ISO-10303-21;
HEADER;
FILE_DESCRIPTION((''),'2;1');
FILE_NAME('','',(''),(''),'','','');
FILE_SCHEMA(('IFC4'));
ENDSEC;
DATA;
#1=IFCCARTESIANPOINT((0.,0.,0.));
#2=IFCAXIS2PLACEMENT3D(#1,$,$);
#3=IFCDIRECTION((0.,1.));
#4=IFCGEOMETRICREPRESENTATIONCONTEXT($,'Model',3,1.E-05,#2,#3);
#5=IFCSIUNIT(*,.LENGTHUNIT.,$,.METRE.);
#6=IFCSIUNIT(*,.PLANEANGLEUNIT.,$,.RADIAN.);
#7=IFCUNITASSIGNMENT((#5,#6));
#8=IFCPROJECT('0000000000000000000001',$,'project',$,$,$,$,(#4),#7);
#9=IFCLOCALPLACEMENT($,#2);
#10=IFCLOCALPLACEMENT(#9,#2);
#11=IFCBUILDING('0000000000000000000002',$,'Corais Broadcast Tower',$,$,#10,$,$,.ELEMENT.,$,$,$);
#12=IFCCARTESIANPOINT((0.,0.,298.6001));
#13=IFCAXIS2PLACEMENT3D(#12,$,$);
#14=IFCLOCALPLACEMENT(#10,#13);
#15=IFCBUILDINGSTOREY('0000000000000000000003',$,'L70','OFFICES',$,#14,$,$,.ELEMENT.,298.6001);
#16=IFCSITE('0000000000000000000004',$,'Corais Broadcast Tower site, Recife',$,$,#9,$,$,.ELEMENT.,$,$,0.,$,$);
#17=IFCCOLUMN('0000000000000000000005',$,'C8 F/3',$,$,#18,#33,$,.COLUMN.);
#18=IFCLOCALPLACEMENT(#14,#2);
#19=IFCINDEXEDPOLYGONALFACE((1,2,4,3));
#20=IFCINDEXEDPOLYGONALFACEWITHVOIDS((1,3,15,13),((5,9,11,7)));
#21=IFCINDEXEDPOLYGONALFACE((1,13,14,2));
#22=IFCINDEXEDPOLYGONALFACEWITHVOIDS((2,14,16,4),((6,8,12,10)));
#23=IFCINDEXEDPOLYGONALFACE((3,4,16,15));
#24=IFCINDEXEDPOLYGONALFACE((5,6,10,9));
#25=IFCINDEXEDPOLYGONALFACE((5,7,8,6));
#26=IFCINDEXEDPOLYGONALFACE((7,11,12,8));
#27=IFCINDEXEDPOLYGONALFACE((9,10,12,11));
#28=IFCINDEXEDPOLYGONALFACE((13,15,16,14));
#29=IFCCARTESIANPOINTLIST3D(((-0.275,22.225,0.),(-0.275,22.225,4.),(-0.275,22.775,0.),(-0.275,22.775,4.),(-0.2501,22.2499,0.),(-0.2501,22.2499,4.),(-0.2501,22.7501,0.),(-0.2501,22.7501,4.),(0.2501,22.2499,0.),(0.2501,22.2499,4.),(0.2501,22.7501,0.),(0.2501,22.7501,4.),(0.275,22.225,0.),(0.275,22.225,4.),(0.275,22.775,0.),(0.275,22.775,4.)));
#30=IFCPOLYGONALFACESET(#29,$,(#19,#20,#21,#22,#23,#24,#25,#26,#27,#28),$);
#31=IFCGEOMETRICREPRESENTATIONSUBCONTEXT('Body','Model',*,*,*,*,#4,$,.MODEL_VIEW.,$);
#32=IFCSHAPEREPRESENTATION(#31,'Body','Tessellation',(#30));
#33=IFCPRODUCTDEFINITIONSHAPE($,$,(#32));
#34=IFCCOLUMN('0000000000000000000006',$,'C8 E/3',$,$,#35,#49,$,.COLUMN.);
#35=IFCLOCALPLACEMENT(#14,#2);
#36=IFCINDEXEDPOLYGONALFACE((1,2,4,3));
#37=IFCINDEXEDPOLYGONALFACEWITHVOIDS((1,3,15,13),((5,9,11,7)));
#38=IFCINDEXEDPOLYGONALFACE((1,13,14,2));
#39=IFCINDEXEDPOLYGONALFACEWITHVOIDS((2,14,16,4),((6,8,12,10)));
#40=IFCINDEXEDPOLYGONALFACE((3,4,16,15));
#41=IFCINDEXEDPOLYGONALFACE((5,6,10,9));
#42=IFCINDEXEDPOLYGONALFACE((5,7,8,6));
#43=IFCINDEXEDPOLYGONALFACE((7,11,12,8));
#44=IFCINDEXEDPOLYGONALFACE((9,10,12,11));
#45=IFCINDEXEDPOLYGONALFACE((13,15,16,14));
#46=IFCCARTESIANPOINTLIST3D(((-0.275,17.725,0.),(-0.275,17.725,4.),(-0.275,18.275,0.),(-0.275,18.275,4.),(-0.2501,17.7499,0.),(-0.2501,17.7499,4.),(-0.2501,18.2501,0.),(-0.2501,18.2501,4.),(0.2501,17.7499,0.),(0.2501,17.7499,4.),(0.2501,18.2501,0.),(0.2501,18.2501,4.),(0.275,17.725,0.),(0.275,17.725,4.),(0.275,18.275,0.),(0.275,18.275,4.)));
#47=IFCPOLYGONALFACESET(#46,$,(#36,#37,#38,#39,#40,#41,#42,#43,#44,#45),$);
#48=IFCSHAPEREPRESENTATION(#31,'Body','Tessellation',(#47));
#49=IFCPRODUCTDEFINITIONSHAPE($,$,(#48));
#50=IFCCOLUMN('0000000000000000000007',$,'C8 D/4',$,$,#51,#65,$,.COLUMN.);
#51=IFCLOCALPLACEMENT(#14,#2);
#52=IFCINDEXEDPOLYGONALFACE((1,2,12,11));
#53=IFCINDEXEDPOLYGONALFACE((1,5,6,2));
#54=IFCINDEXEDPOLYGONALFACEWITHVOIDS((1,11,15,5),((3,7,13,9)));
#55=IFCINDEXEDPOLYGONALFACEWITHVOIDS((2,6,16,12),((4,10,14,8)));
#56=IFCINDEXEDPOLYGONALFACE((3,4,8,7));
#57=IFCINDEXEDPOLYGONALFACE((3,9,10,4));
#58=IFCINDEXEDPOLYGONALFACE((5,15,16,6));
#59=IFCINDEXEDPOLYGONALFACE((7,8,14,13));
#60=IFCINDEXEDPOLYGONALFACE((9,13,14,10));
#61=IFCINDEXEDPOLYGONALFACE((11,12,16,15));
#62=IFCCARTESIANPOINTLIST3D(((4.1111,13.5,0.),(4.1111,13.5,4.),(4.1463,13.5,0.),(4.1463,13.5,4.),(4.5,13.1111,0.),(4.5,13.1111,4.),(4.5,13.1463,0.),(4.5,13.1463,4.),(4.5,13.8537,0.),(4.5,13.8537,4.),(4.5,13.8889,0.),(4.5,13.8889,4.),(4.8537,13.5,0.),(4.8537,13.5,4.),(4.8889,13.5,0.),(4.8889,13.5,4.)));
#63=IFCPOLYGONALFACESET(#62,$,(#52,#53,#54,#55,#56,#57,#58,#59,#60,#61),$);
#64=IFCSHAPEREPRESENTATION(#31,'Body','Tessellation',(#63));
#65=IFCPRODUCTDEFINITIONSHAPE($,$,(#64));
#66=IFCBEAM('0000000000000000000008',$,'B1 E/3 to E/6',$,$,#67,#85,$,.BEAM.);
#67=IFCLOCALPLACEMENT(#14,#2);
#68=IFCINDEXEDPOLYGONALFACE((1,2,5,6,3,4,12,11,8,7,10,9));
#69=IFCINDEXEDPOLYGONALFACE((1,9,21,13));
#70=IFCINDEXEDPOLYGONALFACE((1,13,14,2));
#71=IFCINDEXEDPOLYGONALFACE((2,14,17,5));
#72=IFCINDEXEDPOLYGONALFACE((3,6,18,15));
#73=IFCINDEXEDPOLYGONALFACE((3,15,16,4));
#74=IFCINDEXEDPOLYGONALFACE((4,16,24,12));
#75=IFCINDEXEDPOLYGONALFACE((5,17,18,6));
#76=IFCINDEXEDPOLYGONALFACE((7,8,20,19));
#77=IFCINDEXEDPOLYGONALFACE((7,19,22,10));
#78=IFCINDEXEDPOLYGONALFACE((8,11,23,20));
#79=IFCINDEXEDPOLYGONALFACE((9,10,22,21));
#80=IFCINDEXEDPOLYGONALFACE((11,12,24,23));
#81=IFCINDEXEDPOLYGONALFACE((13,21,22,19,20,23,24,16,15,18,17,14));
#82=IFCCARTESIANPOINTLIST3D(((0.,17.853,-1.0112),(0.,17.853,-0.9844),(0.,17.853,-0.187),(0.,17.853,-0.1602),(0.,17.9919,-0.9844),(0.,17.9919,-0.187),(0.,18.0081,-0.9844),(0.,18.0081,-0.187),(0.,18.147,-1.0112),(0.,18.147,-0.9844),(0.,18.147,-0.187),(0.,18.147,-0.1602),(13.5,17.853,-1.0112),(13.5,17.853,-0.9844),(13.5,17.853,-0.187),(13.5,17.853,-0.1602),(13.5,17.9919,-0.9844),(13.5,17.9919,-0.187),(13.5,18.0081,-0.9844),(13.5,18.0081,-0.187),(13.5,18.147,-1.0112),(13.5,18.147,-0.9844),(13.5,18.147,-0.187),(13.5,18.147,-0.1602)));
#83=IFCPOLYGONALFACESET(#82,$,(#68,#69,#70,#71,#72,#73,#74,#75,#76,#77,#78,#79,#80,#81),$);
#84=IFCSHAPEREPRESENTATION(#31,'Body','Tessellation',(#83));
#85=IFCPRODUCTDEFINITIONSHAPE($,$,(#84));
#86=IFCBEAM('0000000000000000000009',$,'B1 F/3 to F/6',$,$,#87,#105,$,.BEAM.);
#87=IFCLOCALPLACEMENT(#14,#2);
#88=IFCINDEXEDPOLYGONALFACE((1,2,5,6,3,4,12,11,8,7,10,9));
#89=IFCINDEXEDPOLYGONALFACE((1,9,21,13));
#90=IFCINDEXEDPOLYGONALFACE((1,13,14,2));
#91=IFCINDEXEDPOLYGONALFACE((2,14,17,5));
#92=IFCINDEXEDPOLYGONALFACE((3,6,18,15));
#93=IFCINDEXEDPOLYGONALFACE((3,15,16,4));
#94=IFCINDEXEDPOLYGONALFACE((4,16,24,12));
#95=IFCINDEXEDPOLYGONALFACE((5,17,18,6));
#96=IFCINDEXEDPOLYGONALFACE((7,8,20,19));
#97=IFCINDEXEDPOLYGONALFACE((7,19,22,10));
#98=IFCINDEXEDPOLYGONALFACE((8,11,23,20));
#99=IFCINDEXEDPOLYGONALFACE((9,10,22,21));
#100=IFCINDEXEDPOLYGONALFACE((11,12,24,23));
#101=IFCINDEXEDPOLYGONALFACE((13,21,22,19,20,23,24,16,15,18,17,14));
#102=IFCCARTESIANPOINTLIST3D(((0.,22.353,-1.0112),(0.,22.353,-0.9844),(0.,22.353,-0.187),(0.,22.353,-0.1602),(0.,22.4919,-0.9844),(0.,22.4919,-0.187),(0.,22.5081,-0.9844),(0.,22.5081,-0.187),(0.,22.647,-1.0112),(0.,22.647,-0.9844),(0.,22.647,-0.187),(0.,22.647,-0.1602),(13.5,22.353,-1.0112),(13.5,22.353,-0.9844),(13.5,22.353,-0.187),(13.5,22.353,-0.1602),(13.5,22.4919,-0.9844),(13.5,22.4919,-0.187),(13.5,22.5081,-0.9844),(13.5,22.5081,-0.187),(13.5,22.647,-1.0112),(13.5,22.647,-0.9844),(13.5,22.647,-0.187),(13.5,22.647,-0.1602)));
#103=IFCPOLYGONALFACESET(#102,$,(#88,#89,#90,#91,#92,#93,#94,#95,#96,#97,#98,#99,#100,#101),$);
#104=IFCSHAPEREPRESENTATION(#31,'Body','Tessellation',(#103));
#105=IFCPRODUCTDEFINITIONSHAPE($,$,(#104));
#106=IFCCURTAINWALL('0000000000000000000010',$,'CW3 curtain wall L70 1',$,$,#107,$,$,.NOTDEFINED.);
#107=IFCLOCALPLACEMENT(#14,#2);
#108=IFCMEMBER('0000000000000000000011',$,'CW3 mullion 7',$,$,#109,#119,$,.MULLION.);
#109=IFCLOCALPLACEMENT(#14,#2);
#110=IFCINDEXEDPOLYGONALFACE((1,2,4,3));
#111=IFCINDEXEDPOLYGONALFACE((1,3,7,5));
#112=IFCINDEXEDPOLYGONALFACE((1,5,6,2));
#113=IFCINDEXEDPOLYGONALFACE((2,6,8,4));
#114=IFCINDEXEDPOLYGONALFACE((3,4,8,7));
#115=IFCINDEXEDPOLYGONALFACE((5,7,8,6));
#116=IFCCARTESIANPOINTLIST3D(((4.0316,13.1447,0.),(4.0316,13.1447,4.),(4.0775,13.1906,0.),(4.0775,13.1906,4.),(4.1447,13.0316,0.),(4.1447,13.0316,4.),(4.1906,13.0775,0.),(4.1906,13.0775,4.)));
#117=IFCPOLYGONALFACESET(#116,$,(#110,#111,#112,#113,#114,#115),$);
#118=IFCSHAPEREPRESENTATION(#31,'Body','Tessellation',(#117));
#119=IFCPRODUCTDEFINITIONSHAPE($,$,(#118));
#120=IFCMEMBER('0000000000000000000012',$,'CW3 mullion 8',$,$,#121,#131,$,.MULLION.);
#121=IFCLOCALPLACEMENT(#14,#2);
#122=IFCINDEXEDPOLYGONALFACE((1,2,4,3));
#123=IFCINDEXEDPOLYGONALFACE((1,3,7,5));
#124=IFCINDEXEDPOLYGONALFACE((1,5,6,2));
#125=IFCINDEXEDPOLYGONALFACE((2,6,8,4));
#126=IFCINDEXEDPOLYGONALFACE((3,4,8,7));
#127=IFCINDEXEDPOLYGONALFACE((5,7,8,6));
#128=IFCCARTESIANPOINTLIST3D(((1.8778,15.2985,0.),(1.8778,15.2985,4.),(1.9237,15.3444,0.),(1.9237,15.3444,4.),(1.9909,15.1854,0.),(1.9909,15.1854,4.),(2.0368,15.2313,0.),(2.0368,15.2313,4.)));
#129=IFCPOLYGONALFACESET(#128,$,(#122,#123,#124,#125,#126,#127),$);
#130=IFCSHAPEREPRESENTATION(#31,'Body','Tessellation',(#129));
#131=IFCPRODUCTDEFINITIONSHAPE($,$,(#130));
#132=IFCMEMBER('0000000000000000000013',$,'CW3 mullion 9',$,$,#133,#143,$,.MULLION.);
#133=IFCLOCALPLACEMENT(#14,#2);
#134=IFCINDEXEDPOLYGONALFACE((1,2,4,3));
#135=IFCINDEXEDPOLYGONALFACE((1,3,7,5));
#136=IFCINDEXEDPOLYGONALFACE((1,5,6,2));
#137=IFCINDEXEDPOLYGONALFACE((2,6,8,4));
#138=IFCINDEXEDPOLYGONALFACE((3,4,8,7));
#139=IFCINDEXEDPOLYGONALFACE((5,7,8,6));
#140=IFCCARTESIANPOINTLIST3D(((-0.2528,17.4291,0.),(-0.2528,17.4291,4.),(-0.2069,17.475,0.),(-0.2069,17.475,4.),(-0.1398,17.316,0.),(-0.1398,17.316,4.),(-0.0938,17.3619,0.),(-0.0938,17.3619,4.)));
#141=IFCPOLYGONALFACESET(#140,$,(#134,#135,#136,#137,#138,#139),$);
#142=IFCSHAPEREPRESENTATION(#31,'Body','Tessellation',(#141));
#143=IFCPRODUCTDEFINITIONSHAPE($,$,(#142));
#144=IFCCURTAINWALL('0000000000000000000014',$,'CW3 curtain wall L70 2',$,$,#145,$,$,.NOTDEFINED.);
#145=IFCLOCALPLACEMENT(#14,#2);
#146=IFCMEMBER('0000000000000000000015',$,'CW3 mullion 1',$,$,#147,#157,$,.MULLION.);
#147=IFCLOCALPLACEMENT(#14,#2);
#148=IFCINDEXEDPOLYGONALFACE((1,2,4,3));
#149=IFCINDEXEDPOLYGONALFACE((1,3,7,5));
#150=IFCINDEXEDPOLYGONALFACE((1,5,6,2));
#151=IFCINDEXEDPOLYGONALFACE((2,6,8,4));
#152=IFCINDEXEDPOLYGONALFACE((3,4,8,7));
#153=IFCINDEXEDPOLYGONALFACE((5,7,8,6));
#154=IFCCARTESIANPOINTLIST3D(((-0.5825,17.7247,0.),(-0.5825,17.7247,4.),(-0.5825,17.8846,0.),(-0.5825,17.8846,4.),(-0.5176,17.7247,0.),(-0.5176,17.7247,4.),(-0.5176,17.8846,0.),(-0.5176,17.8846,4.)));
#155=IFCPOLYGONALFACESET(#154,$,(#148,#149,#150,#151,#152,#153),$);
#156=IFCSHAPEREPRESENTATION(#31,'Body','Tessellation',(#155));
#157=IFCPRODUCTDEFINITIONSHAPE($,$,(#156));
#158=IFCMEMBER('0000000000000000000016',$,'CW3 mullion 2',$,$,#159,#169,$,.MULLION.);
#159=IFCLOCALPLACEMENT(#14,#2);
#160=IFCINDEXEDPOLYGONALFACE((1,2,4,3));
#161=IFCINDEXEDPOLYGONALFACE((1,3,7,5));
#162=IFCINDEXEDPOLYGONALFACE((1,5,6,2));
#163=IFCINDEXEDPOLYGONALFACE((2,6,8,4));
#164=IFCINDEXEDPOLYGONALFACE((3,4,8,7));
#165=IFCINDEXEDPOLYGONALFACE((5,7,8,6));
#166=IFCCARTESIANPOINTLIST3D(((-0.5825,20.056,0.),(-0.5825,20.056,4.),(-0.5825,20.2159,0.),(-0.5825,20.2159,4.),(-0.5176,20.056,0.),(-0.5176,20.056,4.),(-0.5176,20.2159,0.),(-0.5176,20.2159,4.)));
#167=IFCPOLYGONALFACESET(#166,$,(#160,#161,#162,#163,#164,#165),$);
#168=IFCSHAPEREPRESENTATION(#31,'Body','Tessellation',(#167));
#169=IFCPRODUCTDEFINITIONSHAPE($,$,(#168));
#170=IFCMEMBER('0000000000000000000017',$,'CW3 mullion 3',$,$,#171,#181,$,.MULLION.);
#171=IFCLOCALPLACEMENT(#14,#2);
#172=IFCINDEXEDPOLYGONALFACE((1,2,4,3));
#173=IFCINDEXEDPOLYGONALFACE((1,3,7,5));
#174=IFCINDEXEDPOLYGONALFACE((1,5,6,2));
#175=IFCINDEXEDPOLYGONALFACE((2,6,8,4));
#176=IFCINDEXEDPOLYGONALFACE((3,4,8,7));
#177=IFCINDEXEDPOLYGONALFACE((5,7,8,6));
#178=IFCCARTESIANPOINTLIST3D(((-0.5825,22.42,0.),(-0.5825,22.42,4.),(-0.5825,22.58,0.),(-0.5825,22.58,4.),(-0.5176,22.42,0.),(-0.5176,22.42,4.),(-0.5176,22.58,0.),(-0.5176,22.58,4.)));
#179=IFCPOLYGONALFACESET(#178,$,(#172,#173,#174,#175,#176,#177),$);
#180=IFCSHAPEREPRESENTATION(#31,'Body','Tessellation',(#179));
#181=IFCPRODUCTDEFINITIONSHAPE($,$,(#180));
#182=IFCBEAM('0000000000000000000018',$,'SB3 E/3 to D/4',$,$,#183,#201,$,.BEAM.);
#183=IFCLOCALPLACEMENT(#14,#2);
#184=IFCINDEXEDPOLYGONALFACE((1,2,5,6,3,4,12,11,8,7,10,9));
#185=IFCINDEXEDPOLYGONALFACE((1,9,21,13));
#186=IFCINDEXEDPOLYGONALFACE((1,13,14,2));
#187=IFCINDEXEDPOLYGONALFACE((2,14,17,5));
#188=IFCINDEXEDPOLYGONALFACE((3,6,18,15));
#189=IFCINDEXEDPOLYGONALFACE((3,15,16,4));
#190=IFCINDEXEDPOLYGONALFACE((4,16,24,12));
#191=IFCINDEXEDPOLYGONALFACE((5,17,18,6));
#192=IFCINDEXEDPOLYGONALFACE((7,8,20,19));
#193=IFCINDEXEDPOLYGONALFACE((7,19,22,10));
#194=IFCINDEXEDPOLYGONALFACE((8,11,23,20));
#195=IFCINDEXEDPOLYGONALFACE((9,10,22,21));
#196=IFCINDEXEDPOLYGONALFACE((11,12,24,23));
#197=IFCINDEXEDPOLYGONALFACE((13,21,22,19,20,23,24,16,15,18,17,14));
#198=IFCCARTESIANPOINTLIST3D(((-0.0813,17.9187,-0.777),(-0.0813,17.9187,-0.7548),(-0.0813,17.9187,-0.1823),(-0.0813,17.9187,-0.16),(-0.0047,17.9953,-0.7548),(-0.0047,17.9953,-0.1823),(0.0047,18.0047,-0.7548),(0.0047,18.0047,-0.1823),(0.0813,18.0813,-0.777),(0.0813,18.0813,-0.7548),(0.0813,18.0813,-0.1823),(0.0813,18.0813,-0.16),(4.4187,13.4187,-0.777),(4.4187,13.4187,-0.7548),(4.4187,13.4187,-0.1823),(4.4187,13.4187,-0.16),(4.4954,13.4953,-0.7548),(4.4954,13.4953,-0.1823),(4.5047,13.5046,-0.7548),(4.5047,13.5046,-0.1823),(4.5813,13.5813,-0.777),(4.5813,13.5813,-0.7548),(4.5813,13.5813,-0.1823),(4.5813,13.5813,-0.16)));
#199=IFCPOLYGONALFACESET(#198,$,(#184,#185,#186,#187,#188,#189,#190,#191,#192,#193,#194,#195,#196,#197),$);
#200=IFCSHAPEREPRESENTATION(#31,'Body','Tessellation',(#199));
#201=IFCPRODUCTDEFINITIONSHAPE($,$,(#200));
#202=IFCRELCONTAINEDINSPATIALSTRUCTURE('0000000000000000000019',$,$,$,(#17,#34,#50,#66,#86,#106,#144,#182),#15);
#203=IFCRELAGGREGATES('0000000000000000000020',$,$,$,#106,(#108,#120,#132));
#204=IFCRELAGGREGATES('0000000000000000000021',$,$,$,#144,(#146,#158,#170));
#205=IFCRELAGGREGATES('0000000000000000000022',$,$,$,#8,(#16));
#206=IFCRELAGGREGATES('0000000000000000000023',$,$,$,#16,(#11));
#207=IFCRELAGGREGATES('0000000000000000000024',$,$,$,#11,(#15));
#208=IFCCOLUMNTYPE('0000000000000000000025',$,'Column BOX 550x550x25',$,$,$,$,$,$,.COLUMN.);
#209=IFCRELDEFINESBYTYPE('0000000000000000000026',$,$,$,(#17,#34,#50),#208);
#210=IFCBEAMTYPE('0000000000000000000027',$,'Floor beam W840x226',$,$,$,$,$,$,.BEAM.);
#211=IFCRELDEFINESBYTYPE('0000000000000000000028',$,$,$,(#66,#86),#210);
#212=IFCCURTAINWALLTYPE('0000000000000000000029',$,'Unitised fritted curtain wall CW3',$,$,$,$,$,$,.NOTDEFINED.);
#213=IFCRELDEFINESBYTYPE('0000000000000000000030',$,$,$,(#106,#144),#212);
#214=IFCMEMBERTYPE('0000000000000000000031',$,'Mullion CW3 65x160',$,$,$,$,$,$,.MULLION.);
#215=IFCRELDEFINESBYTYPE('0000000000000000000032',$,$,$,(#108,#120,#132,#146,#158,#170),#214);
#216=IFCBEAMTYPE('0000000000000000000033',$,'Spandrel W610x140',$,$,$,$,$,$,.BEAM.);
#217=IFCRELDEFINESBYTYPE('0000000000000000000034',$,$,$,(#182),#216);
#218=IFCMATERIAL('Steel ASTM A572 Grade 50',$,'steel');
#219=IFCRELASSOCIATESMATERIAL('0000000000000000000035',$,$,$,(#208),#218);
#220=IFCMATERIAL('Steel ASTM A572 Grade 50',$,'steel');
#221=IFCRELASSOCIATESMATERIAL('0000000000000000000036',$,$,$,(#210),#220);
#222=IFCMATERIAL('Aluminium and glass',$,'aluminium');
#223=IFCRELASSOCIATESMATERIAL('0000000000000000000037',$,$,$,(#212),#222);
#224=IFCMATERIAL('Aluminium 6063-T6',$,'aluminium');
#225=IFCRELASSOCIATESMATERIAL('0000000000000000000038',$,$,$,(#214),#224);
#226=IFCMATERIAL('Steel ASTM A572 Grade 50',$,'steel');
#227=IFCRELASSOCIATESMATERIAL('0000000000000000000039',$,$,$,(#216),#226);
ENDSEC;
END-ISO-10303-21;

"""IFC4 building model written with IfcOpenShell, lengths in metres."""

from ifc_helpers import new_model, si_unit, direction, frame, origin, origin_2d, place, context, subcontext, project, spatial, rectangle, hollow_rectangle, i_section, extrude, material, material_profile, profile_set, type_object, element, aggregate, save


model = new_model("IFC4")

# Units and contexts
model_context = context("Model", 3, precision=1e-05, world=origin(), true_north=direction((0.0, 1.0)))
body_context = subcontext(model_context, "Body", "Model", "MODEL_VIEW")
ifc_project = project(units=[si_unit("LENGTHUNIT", "METRE"), si_unit("PLANEANGLEUNIT", "RADIAN")], contexts=[model_context])

# Site, building, storey
site_placement = place(None, origin())
site = spatial("IfcSite", under=ifc_project, at=site_placement, Name="Corais Broadcast Tower site, Recife", CompositionType="ELEMENT", RefElevation=0.0)
building_placement = place(site_placement, origin())
building = spatial("IfcBuilding", under=site, at=building_placement, Name="Corais Broadcast Tower", CompositionType="ELEMENT")
storey_placement = place(building_placement, frame((0.0, 0.0, 298.6001)))
storey = spatial("IfcBuildingStorey", under=building, at=storey_placement, Name="L70", Description="OFFICES", CompositionType="ELEMENT", Elevation=298.6001)

# Columns
ifc_material_1 = material(Name="Steel ASTM A572 Grade 50", Category="steel")
ifc_material_profile_1 = material_profile(ifc_material_1, hollow_rectangle(XDim=0.55, YDim=0.55, WallThickness=0.0249, at=origin_2d()), Name="BOX 550x550x25")
ifc_profile_set_1 = profile_set([ifc_material_profile_1], Name="Steel ASTM A572 Grade 50")
column_type = type_object("IfcColumnType", Name="Column BOX 550x550x25", PredefinedType="COLUMN", material=ifc_profile_set_1)
for number, where, z_axis, x_axis, name in (
    (1, (0.0, 22.5, 0.0), (0.0, 0.0, 1.0), (1.0, 0.0, 0.0), "C8 F/3"),
    (2, (0.0, 18.0, 0.0), (0.0, 0.0, 1.0), (1.0, 0.0, 0.0), "C8 E/3"),
    (3, (4.5, 13.5, 0.0), (0.0, 0.0, 1.0), (0.707107, 0.707107, 0.0), "C8 D/4"),
):
    element("IfcColumn", number, at=place(storey_placement, frame(where, z_axis=z_axis, x_axis=x_axis)), inside=storey, type_object=column_type, Name=name, PredefinedType="COLUMN", context=body_context, shape_type="SweptSolid", body=[
        extrude(hollow_rectangle(XDim=0.55, YDim=0.55, WallThickness=0.0249, at=origin_2d()), origin(), (0.0, 0.0, 1.0), 4.0),
    ])

# Beams
ifc_material_2 = material(Name="Steel ASTM A572 Grade 50", Category="steel")
ifc_material_profile_2 = material_profile(ifc_material_2, i_section(OverallWidth=0.2939, OverallDepth=0.8511, WebThickness=0.0161, FlangeThickness=0.0269, at=origin_2d()), Name="W840x226")
ifc_profile_set_2 = profile_set([ifc_material_profile_2], Name="Steel ASTM A572 Grade 50")
beam_type_1 = type_object("IfcBeamType", Name="Floor beam W840x226", PredefinedType="BEAM", material=ifc_profile_set_2)
for number, where, z_axis, x_axis, name in (
    (4, (0.0, 18.0, -0.5857), (1.0, 0.0, 0.0), (0.0, 1.0, 0.0), "B1 E/3 to E/6"),
    (5, (0.0, 22.5, -0.5857), (1.0, 0.0, 0.0), (0.0, 1.0, 0.0), "B1 F/3 to F/6"),
):
    element("IfcBeam", number, at=place(storey_placement, frame(where, z_axis=z_axis, x_axis=x_axis)), inside=storey, type_object=beam_type_1, Name=name, PredefinedType="BEAM", context=body_context, shape_type="SweptSolid", body=[
        extrude(i_section(OverallWidth=0.2939, OverallDepth=0.8511, WebThickness=0.0161, FlangeThickness=0.0269, at=origin_2d()), origin(), (0.0, 0.0, 1.0), 13.5),
    ])

# Curtain walls, members
ifc_material_3 = material(Name="Aluminium and glass", Category="aluminium")
curtain_wall_type = type_object("IfcCurtainWallType", Name="Unitised fritted curtain wall CW3", PredefinedType="NOTDEFINED", material=ifc_material_3)
curtain_wall_1_placement = place(storey_placement, origin())
curtain_wall_1 = element("IfcCurtainWall", 6, at=curtain_wall_1_placement, inside=storey, type_object=curtain_wall_type, Name="CW3 curtain wall L70 1", PredefinedType="NOTDEFINED")
ifc_material_4 = material(Name="Aluminium 6063-T6", Category="aluminium")
ifc_material_profile_3 = material_profile(ifc_material_4, rectangle(XDim=0.0649, YDim=0.1599, at=origin_2d()), Name="Mullion CW3 65x160")
ifc_profile_set_3 = profile_set([ifc_material_profile_3], Name="Aluminium 6063-T6")
member_type_1 = type_object("IfcMemberType", Name="Mullion CW3 65x160", PredefinedType="MULLION", material=ifc_profile_set_3)
member_1_placement = place(storey_placement, frame((4.1111, 13.1111, 0.0), z_axis=(0.0, 0.0, 1.0), x_axis=(-0.707107, -0.707107, 0.0)))
member_1 = element("IfcMember", 7, at=member_1_placement, type_object=member_type_1, Name="CW3 mullion 7", PredefinedType="MULLION", context=body_context, shape_type="SweptSolid", body=[
    extrude(rectangle(XDim=0.0649, YDim=0.1599, at=origin_2d()), origin(), (0.0, 0.0, 1.0), 4.0),
])
member_2_placement = place(storey_placement, frame((1.9573, 15.2649, 0.0), z_axis=(0.0, 0.0, 1.0), x_axis=(-0.707107, -0.707107, 0.0)))
member_2 = element("IfcMember", 8, at=member_2_placement, type_object=member_type_1, Name="CW3 mullion 8", PredefinedType="MULLION", context=body_context, shape_type="SweptSolid", body=[
    extrude(rectangle(XDim=0.0649, YDim=0.1599, at=origin_2d()), origin(), (0.0, 0.0, 1.0), 4.0),
])
member_3_placement = place(storey_placement, frame((-0.1733, 17.3955, 0.0), z_axis=(0.0, 0.0, 1.0), x_axis=(-0.707107, -0.707107, 0.0)))
member_3 = element("IfcMember", 9, at=member_3_placement, type_object=member_type_1, Name="CW3 mullion 9", PredefinedType="MULLION", context=body_context, shape_type="SweptSolid", body=[
    extrude(rectangle(XDim=0.0649, YDim=0.1599, at=origin_2d()), origin(), (0.0, 0.0, 1.0), 4.0),
])
curtain_wall_2_placement = place(storey_placement, origin())
curtain_wall_2 = element("IfcCurtainWall", 10, at=curtain_wall_2_placement, inside=storey, type_object=curtain_wall_type, Name="CW3 curtain wall L70 2", PredefinedType="NOTDEFINED")
member_4_placement = place(storey_placement, frame((-0.55, 17.8047, 0.0), z_axis=(0.0, 0.0, 1.0), x_axis=(-1.0, 0.0, 0.0)))
member_4 = element("IfcMember", 11, at=member_4_placement, type_object=member_type_1, Name="CW3 mullion 1", PredefinedType="MULLION", context=body_context, shape_type="SweptSolid", body=[
    extrude(rectangle(XDim=0.0649, YDim=0.1599, at=origin_2d()), origin(), (0.0, 0.0, 1.0), 4.0),
])
member_5_placement = place(storey_placement, frame((-0.55, 20.136, 0.0), z_axis=(0.0, 0.0, 1.0), x_axis=(-1.0, 0.0, 0.0)))
member_5 = element("IfcMember", 12, at=member_5_placement, type_object=member_type_1, Name="CW3 mullion 2", PredefinedType="MULLION", context=body_context, shape_type="SweptSolid", body=[
    extrude(rectangle(XDim=0.0649, YDim=0.1599, at=origin_2d()), origin(), (0.0, 0.0, 1.0), 4.0),
])
member_6_placement = place(storey_placement, frame((-0.55, 22.5, 0.0), z_axis=(0.0, 0.0, 1.0), x_axis=(-1.0, 0.0, 0.0)))
member_6 = element("IfcMember", 13, at=member_6_placement, type_object=member_type_1, Name="CW3 mullion 3", PredefinedType="MULLION", context=body_context, shape_type="SweptSolid", body=[
    extrude(rectangle(XDim=0.0649, YDim=0.1599, at=origin_2d()), origin(), (0.0, 0.0, 1.0), 4.0),
])

# Beam
ifc_material_5 = material(Name="Steel ASTM A572 Grade 50", Category="steel")
ifc_material_profile_4 = material_profile(ifc_material_5, i_section(OverallWidth=0.23, OverallDepth=0.6169, WebThickness=0.0132, FlangeThickness=0.0222, at=origin_2d()), Name="W610x140")
ifc_profile_set_4 = profile_set([ifc_material_profile_4], Name="Steel ASTM A572 Grade 50")
beam_type_2 = type_object("IfcBeamType", Name="Spandrel W610x140", PredefinedType="BEAM", material=ifc_profile_set_4)
beam_1_placement = place(storey_placement, frame((0.0, 18.0, -0.4685), z_axis=(0.707107, -0.707107, 0.0), x_axis=(0.707107, 0.707107, 0.0)))
element("IfcBeam", 14, at=beam_1_placement, inside=storey, type_object=beam_type_2, Name="SB3 E/3 to D/4", PredefinedType="BEAM", context=body_context, shape_type="SweptSolid", body=[
    extrude(i_section(OverallWidth=0.23, OverallDepth=0.6169, WebThickness=0.0132, FlangeThickness=0.0222, at=origin_2d()), origin(), (0.0, 0.0, 1.0), 6.364),
])

aggregate(curtain_wall_1, [member_1, member_2, member_3])
aggregate(curtain_wall_2, [member_4, member_5, member_6])

save(model, "model.ifc")
